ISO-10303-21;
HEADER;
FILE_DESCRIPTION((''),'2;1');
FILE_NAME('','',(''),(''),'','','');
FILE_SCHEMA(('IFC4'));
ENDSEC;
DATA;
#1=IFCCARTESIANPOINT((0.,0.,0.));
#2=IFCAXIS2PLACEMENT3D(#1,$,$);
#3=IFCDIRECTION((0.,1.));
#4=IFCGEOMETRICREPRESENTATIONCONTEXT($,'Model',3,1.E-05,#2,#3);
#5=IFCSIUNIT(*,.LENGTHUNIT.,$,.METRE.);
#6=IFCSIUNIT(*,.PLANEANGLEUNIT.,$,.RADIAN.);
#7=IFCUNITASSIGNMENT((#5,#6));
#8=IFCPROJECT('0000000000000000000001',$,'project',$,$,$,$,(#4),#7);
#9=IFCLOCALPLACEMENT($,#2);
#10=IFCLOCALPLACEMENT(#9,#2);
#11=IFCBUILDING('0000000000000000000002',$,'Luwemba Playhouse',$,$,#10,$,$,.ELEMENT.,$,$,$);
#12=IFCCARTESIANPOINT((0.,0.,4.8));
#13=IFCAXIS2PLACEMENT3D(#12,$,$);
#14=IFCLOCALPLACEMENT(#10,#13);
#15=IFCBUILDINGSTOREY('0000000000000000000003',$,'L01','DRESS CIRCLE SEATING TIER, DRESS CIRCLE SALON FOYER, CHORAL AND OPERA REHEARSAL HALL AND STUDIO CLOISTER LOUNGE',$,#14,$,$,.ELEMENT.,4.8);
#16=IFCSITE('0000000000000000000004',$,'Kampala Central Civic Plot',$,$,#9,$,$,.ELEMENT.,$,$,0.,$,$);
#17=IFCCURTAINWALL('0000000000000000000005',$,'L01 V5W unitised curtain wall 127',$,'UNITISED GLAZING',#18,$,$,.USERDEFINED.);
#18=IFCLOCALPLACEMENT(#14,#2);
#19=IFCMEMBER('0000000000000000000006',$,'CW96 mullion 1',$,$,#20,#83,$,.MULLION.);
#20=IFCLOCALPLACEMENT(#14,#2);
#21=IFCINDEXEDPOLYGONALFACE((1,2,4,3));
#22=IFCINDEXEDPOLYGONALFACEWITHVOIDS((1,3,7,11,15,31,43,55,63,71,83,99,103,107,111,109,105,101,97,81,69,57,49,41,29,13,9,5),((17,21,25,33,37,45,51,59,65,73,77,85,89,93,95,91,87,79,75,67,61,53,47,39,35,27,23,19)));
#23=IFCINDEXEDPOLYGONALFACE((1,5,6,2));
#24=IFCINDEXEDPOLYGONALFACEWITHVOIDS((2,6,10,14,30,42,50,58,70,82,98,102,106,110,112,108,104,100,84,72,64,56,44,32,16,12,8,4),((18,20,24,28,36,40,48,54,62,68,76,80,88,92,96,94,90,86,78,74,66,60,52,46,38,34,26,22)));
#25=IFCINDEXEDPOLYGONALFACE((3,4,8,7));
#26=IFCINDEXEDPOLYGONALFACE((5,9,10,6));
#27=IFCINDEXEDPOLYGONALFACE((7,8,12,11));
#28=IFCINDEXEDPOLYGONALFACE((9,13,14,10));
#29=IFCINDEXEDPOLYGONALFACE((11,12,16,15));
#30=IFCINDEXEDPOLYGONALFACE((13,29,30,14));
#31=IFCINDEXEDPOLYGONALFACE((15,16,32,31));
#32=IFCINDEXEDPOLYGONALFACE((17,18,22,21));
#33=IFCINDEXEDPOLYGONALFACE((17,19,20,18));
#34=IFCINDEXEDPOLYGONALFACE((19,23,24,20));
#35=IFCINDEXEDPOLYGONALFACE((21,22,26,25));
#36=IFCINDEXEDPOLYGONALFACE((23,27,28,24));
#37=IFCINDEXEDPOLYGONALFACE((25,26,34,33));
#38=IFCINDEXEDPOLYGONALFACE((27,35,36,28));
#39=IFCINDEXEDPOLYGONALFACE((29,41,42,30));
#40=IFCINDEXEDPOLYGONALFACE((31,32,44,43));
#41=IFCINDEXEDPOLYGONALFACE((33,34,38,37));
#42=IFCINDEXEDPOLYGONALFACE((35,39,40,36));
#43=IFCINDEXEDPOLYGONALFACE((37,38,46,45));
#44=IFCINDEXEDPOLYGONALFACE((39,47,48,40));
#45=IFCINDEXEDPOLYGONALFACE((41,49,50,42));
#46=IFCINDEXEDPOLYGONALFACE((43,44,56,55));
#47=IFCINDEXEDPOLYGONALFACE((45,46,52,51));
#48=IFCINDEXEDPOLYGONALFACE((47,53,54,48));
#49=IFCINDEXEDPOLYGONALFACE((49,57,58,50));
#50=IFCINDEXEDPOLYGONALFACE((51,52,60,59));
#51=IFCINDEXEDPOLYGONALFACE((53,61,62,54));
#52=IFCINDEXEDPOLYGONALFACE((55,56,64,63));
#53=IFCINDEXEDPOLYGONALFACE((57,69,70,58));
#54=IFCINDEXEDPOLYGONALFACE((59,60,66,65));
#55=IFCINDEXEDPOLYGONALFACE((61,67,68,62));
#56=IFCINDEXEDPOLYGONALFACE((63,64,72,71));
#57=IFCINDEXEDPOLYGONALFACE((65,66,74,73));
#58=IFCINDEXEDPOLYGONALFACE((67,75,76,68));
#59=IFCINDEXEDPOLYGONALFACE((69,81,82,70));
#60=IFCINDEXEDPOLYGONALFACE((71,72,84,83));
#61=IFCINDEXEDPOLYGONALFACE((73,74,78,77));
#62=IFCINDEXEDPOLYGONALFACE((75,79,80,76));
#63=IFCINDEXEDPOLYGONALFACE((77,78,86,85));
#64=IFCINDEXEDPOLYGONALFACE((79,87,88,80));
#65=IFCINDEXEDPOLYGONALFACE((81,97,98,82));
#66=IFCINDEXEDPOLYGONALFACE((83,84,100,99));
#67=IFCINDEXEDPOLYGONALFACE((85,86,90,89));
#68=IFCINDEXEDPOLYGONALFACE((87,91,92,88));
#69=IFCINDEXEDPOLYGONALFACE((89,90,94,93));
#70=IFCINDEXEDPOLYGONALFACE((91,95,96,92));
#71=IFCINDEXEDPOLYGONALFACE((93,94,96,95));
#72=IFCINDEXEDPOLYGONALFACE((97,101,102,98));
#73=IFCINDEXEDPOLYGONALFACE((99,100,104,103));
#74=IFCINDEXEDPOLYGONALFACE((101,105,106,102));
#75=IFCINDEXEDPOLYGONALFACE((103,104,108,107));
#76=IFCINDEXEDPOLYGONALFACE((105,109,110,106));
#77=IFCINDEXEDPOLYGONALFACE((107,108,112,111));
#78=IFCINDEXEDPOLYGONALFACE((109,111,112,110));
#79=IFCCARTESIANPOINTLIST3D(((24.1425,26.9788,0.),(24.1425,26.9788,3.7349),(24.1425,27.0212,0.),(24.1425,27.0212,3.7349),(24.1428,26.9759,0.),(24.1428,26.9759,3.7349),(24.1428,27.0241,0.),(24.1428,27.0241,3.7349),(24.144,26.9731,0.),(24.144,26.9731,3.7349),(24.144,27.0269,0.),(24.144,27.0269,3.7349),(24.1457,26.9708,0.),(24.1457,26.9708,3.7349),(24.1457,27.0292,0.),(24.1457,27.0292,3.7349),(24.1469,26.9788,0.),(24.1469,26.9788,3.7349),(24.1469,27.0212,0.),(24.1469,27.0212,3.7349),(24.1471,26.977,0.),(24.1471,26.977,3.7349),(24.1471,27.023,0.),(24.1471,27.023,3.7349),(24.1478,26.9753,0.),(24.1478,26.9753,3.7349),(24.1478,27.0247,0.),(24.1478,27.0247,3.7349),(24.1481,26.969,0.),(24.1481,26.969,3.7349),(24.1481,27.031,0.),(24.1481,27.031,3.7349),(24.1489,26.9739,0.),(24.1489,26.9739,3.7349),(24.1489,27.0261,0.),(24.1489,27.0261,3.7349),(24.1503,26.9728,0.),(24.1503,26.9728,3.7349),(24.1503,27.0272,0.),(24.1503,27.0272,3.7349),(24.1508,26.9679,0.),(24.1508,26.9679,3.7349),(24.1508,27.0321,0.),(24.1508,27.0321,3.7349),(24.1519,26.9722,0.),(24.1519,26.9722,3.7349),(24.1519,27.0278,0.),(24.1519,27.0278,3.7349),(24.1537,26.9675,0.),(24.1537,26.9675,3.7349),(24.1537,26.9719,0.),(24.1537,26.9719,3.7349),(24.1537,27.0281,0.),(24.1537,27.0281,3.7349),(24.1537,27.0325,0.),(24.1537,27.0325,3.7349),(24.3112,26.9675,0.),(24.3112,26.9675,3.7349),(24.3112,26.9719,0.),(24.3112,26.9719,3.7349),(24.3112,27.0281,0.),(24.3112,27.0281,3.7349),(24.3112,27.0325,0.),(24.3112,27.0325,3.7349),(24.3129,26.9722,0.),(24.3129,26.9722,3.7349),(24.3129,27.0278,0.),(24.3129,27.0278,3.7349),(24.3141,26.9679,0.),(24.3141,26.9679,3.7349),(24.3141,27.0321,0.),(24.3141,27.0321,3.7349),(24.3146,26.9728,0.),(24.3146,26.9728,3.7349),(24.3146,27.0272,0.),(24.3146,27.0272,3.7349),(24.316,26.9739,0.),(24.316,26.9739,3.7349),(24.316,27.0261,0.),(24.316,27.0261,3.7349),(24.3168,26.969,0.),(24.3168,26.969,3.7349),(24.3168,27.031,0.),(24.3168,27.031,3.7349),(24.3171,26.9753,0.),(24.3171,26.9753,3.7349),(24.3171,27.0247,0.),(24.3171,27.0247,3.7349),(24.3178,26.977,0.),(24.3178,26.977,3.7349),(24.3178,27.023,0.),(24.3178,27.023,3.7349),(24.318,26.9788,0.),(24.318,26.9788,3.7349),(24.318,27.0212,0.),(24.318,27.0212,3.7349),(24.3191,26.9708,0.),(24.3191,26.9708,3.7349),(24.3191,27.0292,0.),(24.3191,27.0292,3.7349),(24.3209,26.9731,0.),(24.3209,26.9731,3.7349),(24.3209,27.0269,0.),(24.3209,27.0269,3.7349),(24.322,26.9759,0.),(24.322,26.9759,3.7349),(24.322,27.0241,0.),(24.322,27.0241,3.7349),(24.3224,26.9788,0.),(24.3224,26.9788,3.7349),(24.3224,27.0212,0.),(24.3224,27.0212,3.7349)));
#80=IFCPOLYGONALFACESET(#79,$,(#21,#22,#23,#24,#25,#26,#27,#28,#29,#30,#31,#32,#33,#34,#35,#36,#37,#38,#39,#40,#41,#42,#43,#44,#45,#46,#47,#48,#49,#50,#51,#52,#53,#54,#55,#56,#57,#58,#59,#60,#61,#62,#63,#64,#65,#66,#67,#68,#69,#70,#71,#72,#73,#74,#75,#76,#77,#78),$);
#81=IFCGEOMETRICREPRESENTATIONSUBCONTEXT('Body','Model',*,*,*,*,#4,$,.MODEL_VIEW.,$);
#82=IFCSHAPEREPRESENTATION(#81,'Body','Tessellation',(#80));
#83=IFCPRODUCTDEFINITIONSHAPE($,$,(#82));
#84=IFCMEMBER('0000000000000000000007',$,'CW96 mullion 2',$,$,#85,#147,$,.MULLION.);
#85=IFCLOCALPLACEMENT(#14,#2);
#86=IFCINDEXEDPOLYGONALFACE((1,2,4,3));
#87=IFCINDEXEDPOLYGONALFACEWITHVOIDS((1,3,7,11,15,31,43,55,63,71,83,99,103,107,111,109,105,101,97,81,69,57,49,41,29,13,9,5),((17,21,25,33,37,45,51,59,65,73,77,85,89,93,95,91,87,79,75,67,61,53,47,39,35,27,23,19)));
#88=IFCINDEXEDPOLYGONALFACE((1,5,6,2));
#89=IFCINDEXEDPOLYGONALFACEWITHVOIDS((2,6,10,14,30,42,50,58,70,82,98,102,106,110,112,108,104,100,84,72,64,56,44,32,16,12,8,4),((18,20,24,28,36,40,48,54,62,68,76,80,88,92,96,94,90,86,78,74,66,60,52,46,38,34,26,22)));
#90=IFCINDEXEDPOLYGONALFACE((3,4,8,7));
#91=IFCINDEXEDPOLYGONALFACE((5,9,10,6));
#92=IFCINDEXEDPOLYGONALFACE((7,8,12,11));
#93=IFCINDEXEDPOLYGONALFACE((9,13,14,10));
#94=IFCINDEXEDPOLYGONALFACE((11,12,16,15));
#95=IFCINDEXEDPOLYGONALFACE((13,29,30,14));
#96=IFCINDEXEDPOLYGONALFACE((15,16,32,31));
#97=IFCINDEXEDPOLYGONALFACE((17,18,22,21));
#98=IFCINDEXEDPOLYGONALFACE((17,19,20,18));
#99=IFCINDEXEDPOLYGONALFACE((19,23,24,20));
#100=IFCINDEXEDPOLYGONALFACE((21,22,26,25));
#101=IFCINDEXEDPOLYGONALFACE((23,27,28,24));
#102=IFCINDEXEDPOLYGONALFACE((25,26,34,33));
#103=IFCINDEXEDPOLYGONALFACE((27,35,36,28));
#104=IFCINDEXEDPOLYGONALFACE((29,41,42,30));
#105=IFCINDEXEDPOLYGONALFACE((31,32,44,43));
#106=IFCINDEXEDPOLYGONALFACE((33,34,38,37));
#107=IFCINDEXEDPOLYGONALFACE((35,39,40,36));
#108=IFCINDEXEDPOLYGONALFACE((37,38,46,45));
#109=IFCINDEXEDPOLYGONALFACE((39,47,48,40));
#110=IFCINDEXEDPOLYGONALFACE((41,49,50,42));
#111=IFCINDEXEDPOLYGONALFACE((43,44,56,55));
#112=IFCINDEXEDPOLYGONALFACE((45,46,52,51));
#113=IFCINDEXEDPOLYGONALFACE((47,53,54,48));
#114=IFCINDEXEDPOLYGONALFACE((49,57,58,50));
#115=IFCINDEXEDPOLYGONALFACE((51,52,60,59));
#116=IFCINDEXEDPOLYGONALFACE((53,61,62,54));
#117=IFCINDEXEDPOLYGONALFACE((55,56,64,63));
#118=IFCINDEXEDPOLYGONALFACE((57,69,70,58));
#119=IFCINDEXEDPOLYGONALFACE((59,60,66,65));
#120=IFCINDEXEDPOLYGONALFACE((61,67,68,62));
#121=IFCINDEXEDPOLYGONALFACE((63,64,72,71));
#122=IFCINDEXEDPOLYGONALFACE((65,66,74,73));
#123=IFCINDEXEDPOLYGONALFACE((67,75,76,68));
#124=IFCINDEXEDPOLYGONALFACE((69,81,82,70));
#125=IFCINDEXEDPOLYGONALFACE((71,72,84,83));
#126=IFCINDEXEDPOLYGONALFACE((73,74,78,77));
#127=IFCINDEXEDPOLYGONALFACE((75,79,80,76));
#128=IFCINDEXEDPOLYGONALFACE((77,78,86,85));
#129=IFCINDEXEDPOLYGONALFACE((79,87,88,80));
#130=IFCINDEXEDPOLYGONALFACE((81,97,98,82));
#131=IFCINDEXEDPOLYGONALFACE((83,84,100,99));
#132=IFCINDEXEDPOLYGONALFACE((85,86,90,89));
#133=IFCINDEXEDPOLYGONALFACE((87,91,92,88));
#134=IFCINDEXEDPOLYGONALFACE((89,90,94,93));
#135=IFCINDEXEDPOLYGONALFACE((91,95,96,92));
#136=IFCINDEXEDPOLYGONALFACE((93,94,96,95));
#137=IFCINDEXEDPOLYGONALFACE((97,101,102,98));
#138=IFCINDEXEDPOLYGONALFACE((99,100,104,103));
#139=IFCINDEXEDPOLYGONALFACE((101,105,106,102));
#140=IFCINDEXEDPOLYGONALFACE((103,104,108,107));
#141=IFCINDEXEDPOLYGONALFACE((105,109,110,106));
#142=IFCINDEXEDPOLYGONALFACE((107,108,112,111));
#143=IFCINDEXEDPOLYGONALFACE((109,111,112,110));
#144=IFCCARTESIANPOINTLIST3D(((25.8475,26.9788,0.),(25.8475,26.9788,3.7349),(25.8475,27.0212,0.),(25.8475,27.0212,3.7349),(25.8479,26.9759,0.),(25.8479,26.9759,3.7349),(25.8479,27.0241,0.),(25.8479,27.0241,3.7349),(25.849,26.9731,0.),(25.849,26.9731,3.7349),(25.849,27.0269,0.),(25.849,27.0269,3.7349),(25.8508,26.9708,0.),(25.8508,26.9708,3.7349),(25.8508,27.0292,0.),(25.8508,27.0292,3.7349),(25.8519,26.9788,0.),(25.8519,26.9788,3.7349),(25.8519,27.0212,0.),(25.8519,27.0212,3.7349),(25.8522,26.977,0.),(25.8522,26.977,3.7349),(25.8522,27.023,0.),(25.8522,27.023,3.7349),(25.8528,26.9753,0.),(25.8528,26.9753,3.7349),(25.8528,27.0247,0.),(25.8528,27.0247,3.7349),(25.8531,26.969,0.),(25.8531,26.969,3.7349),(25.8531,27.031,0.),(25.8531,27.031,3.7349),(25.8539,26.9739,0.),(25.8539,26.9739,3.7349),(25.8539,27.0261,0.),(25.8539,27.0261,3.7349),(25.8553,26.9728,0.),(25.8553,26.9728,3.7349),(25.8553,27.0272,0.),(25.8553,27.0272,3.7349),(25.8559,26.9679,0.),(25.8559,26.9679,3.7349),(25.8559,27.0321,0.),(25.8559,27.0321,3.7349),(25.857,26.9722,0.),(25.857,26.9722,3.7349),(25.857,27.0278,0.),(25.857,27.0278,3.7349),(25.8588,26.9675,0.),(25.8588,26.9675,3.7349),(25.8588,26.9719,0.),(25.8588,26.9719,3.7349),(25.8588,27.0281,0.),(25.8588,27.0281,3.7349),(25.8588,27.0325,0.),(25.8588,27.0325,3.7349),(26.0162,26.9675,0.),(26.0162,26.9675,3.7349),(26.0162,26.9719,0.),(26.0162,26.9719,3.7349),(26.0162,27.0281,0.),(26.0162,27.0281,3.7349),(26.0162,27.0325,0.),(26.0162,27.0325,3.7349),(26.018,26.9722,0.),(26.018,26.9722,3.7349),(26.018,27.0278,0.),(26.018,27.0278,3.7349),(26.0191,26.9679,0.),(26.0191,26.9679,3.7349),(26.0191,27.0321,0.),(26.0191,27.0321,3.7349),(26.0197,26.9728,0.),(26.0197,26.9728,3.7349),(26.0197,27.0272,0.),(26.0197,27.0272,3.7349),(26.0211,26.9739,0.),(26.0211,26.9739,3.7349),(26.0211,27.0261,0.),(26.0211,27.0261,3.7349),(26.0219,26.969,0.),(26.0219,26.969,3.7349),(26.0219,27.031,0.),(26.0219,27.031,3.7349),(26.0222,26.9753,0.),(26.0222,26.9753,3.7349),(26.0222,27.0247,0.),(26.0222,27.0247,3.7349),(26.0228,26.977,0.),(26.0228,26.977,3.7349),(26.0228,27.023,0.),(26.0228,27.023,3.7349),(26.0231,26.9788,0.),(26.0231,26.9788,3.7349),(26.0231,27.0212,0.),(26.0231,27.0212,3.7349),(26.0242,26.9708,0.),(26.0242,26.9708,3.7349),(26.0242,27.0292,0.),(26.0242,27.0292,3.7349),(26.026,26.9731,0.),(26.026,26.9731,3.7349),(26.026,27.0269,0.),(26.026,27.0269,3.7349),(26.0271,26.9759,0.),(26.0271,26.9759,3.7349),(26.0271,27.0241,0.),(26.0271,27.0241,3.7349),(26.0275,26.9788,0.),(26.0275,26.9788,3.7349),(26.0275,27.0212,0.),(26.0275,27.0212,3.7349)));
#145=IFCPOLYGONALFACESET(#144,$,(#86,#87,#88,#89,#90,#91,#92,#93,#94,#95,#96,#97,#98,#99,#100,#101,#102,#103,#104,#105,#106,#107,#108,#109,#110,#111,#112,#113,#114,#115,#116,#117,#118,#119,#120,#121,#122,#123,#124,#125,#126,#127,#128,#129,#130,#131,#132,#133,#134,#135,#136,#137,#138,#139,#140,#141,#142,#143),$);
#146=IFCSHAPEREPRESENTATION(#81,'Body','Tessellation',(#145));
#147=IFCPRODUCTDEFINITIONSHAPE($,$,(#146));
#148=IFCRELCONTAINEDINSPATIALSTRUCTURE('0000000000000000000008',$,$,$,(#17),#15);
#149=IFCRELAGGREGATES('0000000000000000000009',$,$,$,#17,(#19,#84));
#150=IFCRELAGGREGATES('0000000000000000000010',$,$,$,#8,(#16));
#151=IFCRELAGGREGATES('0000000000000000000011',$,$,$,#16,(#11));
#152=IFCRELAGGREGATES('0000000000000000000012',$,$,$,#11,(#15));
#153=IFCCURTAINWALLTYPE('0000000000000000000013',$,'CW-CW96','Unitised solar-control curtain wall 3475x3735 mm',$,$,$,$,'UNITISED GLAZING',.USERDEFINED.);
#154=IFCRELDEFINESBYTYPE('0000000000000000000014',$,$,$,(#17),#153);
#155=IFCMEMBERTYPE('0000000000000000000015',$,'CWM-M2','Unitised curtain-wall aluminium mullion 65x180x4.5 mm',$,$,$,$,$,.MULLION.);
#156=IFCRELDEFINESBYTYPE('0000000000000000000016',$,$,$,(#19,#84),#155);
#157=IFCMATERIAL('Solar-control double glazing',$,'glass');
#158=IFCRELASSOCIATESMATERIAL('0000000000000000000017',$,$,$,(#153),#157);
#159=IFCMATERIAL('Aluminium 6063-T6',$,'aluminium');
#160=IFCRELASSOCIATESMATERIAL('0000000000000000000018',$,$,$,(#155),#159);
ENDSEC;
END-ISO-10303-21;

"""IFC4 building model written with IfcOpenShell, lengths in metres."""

from ifc_helpers import new_model, si_unit, direction, frame, origin, origin_2d, place, context, subcontext, project, spatial, hollow_rectangle, extrude, material, material_profile, profile_set, type_object, element, aggregate, save


model = new_model("IFC4")

# Units and contexts
model_context = context("Model", 3, precision=1e-05, world=origin(), true_north=direction((0.0, 1.0)))
body_context = subcontext(model_context, "Body", "Model", "MODEL_VIEW")
ifc_project = project(units=[si_unit("LENGTHUNIT", "METRE"), si_unit("PLANEANGLEUNIT", "RADIAN")], contexts=[model_context])

# Site, building, storey
site_placement = place(None, origin())
site = spatial("IfcSite", under=ifc_project, at=site_placement, Name="Kampala Central Civic Plot", CompositionType="ELEMENT", RefElevation=0.0)
building_placement = place(site_placement, origin())
building = spatial("IfcBuilding", under=site, at=building_placement, Name="Luwemba Playhouse", CompositionType="ELEMENT")
storey_placement = place(building_placement, frame((0.0, 0.0, 4.8)))
storey = spatial("IfcBuildingStorey", under=building, at=storey_placement, Name="L01", Description="DRESS CIRCLE SEATING TIER, DRESS CIRCLE SALON FOYER, CHORAL AND OPERA REHEARSAL HALL AND STUDIO CLOISTER LOUNGE", CompositionType="ELEMENT", Elevation=4.8)

# Curtain wall, members
ifc_material_1 = material(Name="Solar-control double glazing", Category="glass")
ifc_material_2 = material(Name="Aluminium 6063-T6", Category="aluminium")
curtain_wall_type_1 = type_object("IfcCurtainWallType", Name="CW-CW96", Description="Unitised solar-control curtain wall 3475x3735 mm", ElementType="UNITISED GLAZING", PredefinedType="USERDEFINED", material=ifc_material_1)
curtain_wall_1_placement = place(storey_placement, origin())
curtain_wall_1 = element("IfcCurtainWall", 1, at=curtain_wall_1_placement, inside=storey, type_object=curtain_wall_type_1, Name="L01 V5W unitised curtain wall 127", ObjectType="UNITISED GLAZING", PredefinedType="USERDEFINED")
ifc_material_profile_1 = material_profile(ifc_material_2, hollow_rectangle(XDim=0.0649, YDim=0.1799, WallThickness=0.0044, InnerFilletRadius=0.0068, OuterFilletRadius=0.0112, at=origin_2d()))
ifc_profile_set_1 = profile_set([ifc_material_profile_1], Name="Aluminium 6063-T6")
member_type_1 = type_object("IfcMemberType", Name="CWM-M2", Description="Unitised curtain-wall aluminium mullion 65x180x4.5 mm", PredefinedType="MULLION", material=ifc_profile_set_1)
member_1_placement = place(storey_placement, frame((24.2324, 27.0, 0.0), z_axis=(0.0, 0.0, 1.0), x_axis=(0.0, 1.0, 0.0)))
member_1 = element("IfcMember", 2, at=member_1_placement, type_object=member_type_1, Name="CW96 mullion 1", PredefinedType="MULLION", context=body_context, shape_type="SweptSolid", body=[
    extrude(hollow_rectangle(XDim=0.0649, YDim=0.1799, WallThickness=0.0044, InnerFilletRadius=0.0068, OuterFilletRadius=0.0112, at=origin_2d()), origin(), (0.0, 0.0, 1.0), 3.7349),
])
member_2_placement = place(storey_placement, frame((25.9375, 27.0, 0.0), z_axis=(0.0, 0.0, 1.0), x_axis=(0.0, 1.0, 0.0)))
member_2 = element("IfcMember", 3, at=member_2_placement, type_object=member_type_1, Name="CW96 mullion 2", PredefinedType="MULLION", context=body_context, shape_type="SweptSolid", body=[
    extrude(hollow_rectangle(XDim=0.0649, YDim=0.1799, WallThickness=0.0044, InnerFilletRadius=0.0068, OuterFilletRadius=0.0112, at=origin_2d()), origin(), (0.0, 0.0, 1.0), 3.7349),
])

aggregate(curtain_wall_1, [member_1, member_2])

save(model, "model.ifc")
